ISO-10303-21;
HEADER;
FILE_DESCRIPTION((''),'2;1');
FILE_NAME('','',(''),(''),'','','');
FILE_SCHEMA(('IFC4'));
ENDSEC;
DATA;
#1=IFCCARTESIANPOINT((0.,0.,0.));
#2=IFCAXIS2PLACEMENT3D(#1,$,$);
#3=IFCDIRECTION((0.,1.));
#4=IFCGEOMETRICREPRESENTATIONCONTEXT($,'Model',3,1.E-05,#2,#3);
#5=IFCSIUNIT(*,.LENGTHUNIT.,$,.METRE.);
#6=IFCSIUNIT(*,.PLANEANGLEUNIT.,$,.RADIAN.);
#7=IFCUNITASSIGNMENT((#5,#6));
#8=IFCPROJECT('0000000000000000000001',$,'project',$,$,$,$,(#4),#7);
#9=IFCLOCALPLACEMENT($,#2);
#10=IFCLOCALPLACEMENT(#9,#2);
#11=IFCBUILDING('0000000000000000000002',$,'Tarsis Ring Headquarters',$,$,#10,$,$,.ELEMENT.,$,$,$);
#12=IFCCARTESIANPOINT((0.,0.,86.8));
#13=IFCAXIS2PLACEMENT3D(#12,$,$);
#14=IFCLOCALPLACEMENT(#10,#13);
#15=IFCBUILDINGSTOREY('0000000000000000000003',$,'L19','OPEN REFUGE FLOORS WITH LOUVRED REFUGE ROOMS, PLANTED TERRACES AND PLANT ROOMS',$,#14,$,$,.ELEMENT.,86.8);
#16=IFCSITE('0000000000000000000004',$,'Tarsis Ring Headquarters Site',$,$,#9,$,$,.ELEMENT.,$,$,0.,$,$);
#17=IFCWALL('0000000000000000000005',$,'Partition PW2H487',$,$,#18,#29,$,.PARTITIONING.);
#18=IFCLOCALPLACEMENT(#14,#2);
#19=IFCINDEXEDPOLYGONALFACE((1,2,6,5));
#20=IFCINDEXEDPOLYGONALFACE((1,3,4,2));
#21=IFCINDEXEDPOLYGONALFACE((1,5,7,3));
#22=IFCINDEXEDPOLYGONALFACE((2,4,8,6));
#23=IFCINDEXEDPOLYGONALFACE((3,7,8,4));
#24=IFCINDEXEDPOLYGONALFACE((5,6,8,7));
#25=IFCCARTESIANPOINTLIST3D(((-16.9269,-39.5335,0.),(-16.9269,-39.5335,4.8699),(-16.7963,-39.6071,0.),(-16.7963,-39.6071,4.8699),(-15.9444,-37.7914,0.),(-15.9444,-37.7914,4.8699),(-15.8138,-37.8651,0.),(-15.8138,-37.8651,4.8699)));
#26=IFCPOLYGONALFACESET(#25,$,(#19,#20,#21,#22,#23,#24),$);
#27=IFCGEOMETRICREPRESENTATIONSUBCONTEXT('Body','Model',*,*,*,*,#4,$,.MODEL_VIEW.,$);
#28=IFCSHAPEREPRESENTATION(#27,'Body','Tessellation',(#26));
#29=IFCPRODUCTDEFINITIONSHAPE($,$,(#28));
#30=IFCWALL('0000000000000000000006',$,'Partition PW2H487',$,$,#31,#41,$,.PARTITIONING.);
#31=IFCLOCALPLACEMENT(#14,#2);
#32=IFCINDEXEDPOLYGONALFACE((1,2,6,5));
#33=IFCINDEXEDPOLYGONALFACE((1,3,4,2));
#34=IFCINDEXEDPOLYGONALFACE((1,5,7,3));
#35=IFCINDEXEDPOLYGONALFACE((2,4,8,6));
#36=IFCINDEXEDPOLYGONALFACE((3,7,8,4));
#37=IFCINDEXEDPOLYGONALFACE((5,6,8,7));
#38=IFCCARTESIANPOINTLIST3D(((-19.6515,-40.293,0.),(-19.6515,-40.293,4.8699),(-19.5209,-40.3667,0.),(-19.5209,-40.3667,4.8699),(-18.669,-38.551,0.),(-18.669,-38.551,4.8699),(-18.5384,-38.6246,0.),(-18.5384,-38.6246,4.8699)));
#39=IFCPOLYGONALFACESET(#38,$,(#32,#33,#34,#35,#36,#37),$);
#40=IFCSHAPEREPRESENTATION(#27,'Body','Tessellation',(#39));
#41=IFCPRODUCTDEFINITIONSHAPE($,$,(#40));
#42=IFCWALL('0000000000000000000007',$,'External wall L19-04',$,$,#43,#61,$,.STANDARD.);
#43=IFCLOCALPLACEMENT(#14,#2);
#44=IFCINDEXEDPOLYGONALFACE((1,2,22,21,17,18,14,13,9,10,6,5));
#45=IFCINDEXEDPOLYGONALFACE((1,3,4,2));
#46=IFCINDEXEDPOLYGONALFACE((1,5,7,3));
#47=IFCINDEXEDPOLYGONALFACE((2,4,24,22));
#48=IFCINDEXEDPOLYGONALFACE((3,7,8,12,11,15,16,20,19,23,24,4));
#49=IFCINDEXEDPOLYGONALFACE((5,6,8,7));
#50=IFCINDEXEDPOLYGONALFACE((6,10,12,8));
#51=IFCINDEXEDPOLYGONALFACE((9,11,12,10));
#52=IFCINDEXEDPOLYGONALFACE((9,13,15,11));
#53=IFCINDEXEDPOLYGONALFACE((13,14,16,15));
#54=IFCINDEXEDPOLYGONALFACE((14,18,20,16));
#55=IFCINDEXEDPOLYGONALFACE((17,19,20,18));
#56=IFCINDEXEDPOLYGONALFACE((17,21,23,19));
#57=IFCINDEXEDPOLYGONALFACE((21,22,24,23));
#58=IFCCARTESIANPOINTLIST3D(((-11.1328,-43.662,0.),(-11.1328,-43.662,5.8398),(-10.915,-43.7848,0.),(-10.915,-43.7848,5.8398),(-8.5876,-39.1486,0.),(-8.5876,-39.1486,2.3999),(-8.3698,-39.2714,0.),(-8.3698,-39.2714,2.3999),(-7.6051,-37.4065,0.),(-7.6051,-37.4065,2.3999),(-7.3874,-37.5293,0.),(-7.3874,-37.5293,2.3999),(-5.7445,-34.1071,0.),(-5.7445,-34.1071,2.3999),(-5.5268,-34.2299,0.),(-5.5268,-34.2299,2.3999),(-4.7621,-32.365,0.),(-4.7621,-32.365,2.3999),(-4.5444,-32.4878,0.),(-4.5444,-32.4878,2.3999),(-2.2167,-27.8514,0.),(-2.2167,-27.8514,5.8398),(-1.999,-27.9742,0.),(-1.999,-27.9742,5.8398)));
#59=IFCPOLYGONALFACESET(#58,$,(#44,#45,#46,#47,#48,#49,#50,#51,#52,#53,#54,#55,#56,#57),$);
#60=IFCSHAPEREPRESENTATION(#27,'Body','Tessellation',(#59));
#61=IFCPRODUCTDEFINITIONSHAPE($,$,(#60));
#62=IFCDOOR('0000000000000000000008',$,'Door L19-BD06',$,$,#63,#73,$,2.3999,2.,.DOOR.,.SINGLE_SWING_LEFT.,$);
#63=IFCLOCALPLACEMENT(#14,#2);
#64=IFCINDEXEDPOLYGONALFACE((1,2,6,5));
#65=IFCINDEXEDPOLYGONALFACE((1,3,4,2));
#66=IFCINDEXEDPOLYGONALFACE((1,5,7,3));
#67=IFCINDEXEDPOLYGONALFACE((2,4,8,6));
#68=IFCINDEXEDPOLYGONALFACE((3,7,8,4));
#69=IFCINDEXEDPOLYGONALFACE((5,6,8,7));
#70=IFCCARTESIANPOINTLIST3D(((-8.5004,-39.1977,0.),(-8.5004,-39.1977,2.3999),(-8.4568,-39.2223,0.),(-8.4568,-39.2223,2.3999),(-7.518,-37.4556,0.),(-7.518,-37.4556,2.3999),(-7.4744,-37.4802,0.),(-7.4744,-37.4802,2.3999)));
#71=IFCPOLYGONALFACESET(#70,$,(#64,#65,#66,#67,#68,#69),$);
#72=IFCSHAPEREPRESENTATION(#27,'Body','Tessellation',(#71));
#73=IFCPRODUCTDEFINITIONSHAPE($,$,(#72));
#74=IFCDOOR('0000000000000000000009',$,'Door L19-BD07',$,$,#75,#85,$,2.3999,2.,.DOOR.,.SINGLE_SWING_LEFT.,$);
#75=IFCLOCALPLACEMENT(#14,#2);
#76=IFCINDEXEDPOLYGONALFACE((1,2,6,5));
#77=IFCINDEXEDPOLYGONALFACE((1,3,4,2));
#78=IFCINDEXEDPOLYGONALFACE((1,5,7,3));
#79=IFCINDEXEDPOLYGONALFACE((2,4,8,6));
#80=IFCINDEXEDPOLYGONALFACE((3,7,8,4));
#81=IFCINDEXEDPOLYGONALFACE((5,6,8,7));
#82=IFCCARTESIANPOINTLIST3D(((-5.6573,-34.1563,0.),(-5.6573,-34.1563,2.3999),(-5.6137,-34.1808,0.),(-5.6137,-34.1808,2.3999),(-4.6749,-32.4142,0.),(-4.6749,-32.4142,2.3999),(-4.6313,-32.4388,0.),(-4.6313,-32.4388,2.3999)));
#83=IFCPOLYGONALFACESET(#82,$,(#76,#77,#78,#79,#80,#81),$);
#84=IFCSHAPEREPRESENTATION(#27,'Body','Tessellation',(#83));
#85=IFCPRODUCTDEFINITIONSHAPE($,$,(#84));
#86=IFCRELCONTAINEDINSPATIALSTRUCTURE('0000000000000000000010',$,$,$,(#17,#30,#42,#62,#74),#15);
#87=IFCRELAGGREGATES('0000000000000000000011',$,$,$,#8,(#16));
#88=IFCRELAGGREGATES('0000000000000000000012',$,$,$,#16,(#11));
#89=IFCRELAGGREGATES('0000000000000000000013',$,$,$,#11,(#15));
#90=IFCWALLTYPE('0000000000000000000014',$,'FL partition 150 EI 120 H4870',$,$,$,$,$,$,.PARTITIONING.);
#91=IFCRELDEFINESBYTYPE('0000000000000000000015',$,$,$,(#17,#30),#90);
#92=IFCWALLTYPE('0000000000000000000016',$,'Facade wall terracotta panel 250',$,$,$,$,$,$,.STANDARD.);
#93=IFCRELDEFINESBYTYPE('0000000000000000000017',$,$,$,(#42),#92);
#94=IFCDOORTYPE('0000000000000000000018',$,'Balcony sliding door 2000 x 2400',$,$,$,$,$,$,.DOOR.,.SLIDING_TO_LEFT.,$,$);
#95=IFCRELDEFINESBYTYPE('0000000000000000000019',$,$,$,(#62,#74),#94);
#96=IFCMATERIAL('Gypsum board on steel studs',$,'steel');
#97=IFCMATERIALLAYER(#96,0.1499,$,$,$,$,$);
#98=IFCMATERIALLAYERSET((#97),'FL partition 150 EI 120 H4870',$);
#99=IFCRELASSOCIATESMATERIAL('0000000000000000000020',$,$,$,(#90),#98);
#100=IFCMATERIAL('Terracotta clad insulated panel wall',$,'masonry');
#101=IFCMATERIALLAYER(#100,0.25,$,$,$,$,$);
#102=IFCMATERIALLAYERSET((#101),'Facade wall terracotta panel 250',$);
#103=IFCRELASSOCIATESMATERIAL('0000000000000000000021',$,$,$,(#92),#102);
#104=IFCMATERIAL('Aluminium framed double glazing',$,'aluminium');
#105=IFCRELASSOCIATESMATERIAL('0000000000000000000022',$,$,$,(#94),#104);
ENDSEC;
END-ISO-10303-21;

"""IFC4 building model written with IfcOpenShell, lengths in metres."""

from ifc_helpers import new_model, si_unit, direction, frame, frame_2d, origin, place, context, subcontext, project, spatial, rectangle, extrude, material, layer, layer_set, type_object, element, fill, save


model = new_model("IFC4")

# Units and contexts
model_context = context("Model", 3, precision=1e-05, world=origin(), true_north=direction((0.0, 1.0)))
body_context = subcontext(model_context, "Body", "Model", "MODEL_VIEW")
ifc_project = project(units=[si_unit("LENGTHUNIT", "METRE"), si_unit("PLANEANGLEUNIT", "RADIAN")], contexts=[model_context])

# Site, building, storey
site_placement = place(None, origin())
site = spatial("IfcSite", under=ifc_project, at=site_placement, Name="Tarsis Ring Headquarters Site", CompositionType="ELEMENT", RefElevation=0.0)
building_placement = place(site_placement, origin())
building = spatial("IfcBuilding", under=site, at=building_placement, Name="Tarsis Ring Headquarters", CompositionType="ELEMENT")
storey_placement = place(building_placement, frame((0.0, 0.0, 86.8)))
storey = spatial("IfcBuildingStorey", under=building, at=storey_placement, Name="L19", Description="OPEN REFUGE FLOORS WITH LOUVRED REFUGE ROOMS, PLANTED TERRACES AND PLANT ROOMS", CompositionType="ELEMENT", Elevation=86.8)

# Walls
ifc_material_1 = material(Name="Gypsum board on steel studs", Category="steel")
ifc_layer_1 = layer(ifc_material_1, 0.1499)
ifc_layer_set_1 = layer_set([ifc_layer_1], Name="FL partition 150 EI 120 H4870")
wall_type_1 = type_object("IfcWallType", Name="FL partition 150 EI 120 H4870", PredefinedType="PARTITIONING", material=ifc_layer_set_1)
for number, where, z_axis, x_axis, name in (
    (1, (-16.8616, -39.5703, 0.0), (0.0, 0.0, 1.0), (0.49124, 0.871024, 0.0), "Partition PW2H487"),
    (2, (-19.5862, -40.3298, 0.0), (0.0, 0.0, 1.0), (0.49124, 0.871024, 0.0), "Partition PW2H487"),
):
    element("IfcWall", number, at=place(storey_placement, frame(where, z_axis=z_axis, x_axis=x_axis)), inside=storey, type_object=wall_type_1, Name=name, PredefinedType="PARTITIONING", context=body_context, shape_type="SweptSolid", body=[
        extrude(rectangle(XDim=2.0, YDim=0.1499, at=frame_2d((1.0, 0.0))), origin(), (0.0, 0.0, 1.0), 4.8699),
    ])

# Wall, openings, doors
ifc_material_2 = material(Name="Terracotta clad insulated panel wall", Category="masonry")
ifc_layer_2 = layer(ifc_material_2, 0.25)
ifc_layer_set_2 = layer_set([ifc_layer_2], Name="Facade wall terracotta panel 250")
wall_type_2 = type_object("IfcWallType", Name="Facade wall terracotta panel 250", PredefinedType="STANDARD", material=ifc_layer_set_2)
wall_placement = place(storey_placement, frame((-11.0239, -43.7234, 0.0), z_axis=(0.0, 0.0, 1.0), x_axis=(0.491206, 0.871043, 0.0)))
wall = element("IfcWall", 3, at=wall_placement, inside=storey, type_object=wall_type_2, Name="External wall L19-04", PredefinedType="STANDARD", context=body_context, shape_type="SweptSolid", body=[
    extrude(rectangle(XDim=18.1514, YDim=0.25, at=frame_2d((9.0757, 0.0))), origin(), (0.0, 0.0, 1.0), 5.8398),
])
opening_1_placement = place(wall_placement, frame((5.1816, 0.0, 0.0)))
opening_1 = element("IfcOpeningElement", 4, at=opening_1_placement, cuts=wall, PredefinedType="OPENING", context=body_context, shape_type="SweptSolid", body=[
    extrude(rectangle(XDim=2.0, YDim=2.3999, at=frame_2d((1.0, 1.2))), frame((0.0, 0.135, 0.0), z_axis=(0.0, -1.0, 0.0), x_axis=(1.0, 0.0, 0.0)), (0.0, 0.0, 1.0), 0.27),
])
opening_2_placement = place(wall_placement, frame((10.9695, 0.0, 0.0)))
opening_2 = element("IfcOpeningElement", 5, at=opening_2_placement, cuts=wall, PredefinedType="OPENING", context=body_context, shape_type="SweptSolid", body=[
    extrude(rectangle(XDim=2.0, YDim=2.3999, at=frame_2d((1.0, 1.2))), frame((0.0, 0.135, 0.0), z_axis=(0.0, -1.0, 0.0), x_axis=(1.0, 0.0, 0.0)), (0.0, 0.0, 1.0), 0.27),
])
ifc_material_3 = material(Name="Aluminium framed double glazing", Category="aluminium")
door_type = type_object("IfcDoorType", Name="Balcony sliding door 2000 x 2400", OperationType="SLIDING_TO_LEFT", PredefinedType="DOOR", material=ifc_material_3)
door_1_placement = place(opening_1_placement, origin())
door_1 = element("IfcDoor", 6, at=door_1_placement, inside=storey, type_object=door_type, Name="Door L19-BD06", OperationType="SINGLE_SWING_LEFT", OverallHeight=2.3999, OverallWidth=2.0, PredefinedType="DOOR", context=body_context, shape_type="SweptSolid", body=[
    extrude(rectangle(XDim=2.0, YDim=2.3999, at=frame_2d((1.0, 1.2))), frame((0.0, 0.0249, 0.0), z_axis=(0.0, -1.0, 0.0), x_axis=(1.0, 0.0, 0.0)), (0.0, 0.0, 1.0), 0.05),
])
fill(opening_1, door_1)
door_2_placement = place(opening_2_placement, origin())
door_2 = element("IfcDoor", 7, at=door_2_placement, inside=storey, type_object=door_type, Name="Door L19-BD07", OperationType="SINGLE_SWING_LEFT", OverallHeight=2.3999, OverallWidth=2.0, PredefinedType="DOOR", context=body_context, shape_type="SweptSolid", body=[
    extrude(rectangle(XDim=2.0, YDim=2.3999, at=frame_2d((1.0, 1.2))), frame((0.0, 0.0249, 0.0), z_axis=(0.0, -1.0, 0.0), x_axis=(1.0, 0.0, 0.0)), (0.0, 0.0, 1.0), 0.05),
])
fill(opening_2, door_2)

save(model, "model.ifc")
